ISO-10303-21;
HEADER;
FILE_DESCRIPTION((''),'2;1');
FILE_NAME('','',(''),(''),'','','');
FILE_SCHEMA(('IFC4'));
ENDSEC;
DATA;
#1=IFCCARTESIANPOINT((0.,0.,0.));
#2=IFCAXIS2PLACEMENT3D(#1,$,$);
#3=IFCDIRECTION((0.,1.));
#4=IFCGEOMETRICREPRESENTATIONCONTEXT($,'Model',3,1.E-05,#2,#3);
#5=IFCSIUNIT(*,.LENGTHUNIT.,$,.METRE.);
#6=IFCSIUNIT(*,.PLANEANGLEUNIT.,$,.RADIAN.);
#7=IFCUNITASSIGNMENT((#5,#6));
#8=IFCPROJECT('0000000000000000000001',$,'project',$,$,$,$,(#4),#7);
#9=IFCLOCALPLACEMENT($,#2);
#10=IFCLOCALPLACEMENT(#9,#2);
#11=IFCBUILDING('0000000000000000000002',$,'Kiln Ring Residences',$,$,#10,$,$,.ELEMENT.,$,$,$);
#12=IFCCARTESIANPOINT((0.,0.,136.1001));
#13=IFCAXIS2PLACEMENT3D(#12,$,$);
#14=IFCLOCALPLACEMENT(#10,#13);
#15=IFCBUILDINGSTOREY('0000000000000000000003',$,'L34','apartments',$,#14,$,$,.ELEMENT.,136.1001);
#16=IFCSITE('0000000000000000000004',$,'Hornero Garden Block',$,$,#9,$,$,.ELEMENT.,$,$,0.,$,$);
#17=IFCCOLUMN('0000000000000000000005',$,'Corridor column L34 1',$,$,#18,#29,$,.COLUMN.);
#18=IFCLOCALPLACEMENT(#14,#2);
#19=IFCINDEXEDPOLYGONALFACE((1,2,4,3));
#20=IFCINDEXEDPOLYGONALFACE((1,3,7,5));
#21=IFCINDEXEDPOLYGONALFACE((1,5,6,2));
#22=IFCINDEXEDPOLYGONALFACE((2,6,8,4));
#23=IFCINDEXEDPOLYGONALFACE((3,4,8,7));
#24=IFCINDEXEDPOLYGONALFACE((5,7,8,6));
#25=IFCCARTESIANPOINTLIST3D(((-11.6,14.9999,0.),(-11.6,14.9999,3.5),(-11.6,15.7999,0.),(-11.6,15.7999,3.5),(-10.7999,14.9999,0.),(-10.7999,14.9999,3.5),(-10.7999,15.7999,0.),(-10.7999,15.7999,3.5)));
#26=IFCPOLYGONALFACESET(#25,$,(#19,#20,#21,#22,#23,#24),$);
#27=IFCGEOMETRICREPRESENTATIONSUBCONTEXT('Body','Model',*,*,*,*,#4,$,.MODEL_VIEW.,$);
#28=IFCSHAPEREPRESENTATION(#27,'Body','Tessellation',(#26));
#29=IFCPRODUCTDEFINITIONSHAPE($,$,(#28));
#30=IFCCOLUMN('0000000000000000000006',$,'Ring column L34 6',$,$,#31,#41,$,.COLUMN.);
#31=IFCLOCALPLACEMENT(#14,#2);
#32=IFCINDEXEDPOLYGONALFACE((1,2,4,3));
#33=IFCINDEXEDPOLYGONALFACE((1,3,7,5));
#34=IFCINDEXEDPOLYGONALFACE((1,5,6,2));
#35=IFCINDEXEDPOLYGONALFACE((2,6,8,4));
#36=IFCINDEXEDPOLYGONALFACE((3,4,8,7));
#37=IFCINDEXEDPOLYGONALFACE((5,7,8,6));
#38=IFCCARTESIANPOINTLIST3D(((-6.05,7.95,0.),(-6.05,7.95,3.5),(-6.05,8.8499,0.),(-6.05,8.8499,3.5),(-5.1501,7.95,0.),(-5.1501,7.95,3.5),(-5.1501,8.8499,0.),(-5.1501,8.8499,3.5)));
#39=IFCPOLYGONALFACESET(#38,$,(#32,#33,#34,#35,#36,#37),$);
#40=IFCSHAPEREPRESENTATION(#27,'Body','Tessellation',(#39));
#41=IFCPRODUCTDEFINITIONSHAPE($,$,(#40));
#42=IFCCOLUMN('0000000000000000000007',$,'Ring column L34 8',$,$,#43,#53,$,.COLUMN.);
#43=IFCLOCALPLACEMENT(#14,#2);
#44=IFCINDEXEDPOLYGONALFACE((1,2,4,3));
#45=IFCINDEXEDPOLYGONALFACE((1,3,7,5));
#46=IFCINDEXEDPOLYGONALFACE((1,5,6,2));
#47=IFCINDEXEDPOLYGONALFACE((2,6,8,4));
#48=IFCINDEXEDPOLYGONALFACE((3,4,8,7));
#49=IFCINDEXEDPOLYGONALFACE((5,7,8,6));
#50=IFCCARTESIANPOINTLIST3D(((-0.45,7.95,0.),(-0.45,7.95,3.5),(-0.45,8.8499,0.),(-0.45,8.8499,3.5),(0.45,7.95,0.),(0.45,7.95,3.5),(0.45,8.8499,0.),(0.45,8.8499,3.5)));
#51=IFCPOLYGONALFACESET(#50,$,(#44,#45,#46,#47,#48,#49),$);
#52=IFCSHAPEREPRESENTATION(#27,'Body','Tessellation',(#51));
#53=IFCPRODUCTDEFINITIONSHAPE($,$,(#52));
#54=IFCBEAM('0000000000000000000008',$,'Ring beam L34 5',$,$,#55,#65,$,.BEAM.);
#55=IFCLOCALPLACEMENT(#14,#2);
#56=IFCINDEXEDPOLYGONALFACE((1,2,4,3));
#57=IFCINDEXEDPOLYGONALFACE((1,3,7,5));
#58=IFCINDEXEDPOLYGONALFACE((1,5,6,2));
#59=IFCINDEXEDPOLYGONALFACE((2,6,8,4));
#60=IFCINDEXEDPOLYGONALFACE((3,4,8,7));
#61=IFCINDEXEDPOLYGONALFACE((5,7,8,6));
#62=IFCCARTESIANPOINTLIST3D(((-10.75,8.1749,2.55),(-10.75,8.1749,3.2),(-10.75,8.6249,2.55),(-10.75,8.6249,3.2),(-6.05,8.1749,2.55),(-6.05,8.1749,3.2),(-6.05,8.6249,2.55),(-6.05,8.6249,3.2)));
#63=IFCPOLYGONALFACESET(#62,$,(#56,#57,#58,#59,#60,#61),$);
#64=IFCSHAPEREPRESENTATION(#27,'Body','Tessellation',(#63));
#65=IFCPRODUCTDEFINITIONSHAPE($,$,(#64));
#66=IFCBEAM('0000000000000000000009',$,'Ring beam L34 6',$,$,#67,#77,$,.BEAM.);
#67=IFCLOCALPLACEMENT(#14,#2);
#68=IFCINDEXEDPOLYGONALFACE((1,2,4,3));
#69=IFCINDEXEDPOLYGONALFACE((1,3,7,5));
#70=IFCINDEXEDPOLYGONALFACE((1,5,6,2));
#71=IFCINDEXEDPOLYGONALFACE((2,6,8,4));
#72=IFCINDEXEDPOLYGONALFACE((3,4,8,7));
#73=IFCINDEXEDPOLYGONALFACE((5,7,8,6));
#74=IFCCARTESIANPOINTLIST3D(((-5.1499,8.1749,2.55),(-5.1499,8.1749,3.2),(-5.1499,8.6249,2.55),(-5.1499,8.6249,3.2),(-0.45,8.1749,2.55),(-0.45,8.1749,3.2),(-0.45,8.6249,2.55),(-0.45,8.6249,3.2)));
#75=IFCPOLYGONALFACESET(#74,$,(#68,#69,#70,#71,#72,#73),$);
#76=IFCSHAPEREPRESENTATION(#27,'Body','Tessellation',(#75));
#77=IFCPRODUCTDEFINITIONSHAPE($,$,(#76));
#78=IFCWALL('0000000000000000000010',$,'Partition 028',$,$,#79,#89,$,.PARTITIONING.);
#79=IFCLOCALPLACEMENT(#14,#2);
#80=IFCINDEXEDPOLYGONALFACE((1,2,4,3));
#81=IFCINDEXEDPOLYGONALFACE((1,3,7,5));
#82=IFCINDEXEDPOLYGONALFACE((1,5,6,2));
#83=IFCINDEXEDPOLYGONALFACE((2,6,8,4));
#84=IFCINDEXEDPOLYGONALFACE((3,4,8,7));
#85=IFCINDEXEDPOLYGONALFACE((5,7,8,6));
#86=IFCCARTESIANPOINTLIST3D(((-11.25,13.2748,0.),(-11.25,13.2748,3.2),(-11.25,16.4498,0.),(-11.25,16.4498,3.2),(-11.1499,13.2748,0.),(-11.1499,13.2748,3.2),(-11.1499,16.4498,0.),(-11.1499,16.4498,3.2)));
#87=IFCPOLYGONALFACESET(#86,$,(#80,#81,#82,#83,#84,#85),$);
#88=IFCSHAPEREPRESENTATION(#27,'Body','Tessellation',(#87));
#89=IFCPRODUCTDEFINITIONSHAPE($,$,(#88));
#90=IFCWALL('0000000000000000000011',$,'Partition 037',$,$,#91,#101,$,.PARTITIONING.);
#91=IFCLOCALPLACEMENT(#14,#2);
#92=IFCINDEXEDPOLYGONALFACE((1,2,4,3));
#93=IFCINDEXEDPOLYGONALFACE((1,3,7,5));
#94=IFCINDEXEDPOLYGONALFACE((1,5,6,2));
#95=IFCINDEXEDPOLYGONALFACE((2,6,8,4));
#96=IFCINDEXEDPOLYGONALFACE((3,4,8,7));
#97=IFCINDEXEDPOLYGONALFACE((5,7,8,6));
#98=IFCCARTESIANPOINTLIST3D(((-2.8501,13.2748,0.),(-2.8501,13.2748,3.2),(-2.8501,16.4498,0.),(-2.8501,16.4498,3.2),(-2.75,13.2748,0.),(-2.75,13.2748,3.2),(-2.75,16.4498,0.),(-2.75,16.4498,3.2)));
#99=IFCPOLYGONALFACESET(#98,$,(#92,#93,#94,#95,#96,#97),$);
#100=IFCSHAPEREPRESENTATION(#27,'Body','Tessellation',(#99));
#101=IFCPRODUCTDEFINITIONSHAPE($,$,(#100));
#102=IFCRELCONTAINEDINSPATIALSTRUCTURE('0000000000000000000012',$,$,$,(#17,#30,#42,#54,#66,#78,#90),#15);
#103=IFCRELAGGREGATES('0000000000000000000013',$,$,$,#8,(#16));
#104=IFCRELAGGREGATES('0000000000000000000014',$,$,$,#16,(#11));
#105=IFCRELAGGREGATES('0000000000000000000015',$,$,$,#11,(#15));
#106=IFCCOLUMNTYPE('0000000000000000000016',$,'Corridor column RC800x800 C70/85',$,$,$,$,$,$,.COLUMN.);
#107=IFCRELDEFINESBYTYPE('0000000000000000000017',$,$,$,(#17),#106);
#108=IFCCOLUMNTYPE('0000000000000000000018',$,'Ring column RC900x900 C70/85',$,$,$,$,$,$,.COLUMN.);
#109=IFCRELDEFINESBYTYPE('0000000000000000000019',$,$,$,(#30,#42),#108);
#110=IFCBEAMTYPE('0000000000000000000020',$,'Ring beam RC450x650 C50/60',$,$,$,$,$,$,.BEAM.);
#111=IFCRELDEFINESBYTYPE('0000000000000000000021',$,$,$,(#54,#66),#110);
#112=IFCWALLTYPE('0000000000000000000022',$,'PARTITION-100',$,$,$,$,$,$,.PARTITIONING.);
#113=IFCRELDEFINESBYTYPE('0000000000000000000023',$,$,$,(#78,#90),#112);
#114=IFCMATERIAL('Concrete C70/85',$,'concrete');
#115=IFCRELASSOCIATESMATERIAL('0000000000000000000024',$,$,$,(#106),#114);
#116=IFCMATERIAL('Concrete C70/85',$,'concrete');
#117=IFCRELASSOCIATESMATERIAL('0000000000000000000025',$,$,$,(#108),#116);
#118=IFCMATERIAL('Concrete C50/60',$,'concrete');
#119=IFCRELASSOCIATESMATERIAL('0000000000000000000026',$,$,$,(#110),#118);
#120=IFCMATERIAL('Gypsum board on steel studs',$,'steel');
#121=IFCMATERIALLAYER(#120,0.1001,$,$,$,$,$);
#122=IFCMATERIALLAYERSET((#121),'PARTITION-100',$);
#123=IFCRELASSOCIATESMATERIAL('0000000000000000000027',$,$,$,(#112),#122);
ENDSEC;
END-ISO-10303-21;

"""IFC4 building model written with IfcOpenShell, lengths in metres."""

from ifc_helpers import new_model, si_unit, direction, frame, frame_2d, origin, origin_2d, place, context, subcontext, project, spatial, rectangle, extrude, material, layer, layer_set, material_profile, profile_set, type_object, element, save


model = new_model("IFC4")

# Units and contexts
model_context = context("Model", 3, precision=1e-05, world=origin(), true_north=direction((0.0, 1.0)))
body_context = subcontext(model_context, "Body", "Model", "MODEL_VIEW")
ifc_project = project(units=[si_unit("LENGTHUNIT", "METRE"), si_unit("PLANEANGLEUNIT", "RADIAN")], contexts=[model_context])

# Site, building, storey
site_placement = place(None, origin())
site = spatial("IfcSite", under=ifc_project, at=site_placement, Name="Hornero Garden Block", CompositionType="ELEMENT", RefElevation=0.0)
building_placement = place(site_placement, origin())
building = spatial("IfcBuilding", under=site, at=building_placement, Name="Kiln Ring Residences", CompositionType="ELEMENT")
storey_placement = place(building_placement, frame((0.0, 0.0, 136.1001)))
storey = spatial("IfcBuildingStorey", under=building, at=storey_placement, Name="L34", Description="apartments", CompositionType="ELEMENT", Elevation=136.1001)

# Columns
ifc_material_1 = material(Name="Concrete C70/85", Category="concrete")
ifc_material_profile_1 = material_profile(ifc_material_1, rectangle(XDim=0.8, YDim=0.8, at=origin_2d()), Name="RC800x800")
ifc_profile_set_1 = profile_set([ifc_material_profile_1], Name="Concrete C70/85")
column_type_1 = type_object("IfcColumnType", Name="Corridor column RC800x800 C70/85", PredefinedType="COLUMN", material=ifc_profile_set_1)
column_placement = place(storey_placement, frame((-11.2, 15.3999, 0.0), z_axis=(0.0, 0.0, 1.0), x_axis=(1.0, 0.0, 0.0)))
element("IfcColumn", 1, at=column_placement, inside=storey, type_object=column_type_1, Name="Corridor column L34 1", PredefinedType="COLUMN", context=body_context, shape_type="SweptSolid", body=[
    extrude(rectangle(XDim=0.8, YDim=0.8, at=origin_2d()), origin(), (0.0, 0.0, 1.0), 3.5),
])
ifc_material_2 = material(Name="Concrete C70/85", Category="concrete")
ifc_material_profile_2 = material_profile(ifc_material_2, rectangle(XDim=0.8999, YDim=0.8999, at=origin_2d()), Name="RC900x900")
ifc_profile_set_2 = profile_set([ifc_material_profile_2], Name="Concrete C70/85")
column_type_2 = type_object("IfcColumnType", Name="Ring column RC900x900 C70/85", PredefinedType="COLUMN", material=ifc_profile_set_2)
for number, where, z_axis, x_axis, name in (
    (2, (-5.6001, 8.3999, 0.0), (0.0, 0.0, 1.0), (1.0, 0.0, 0.0), "Ring column L34 6"),
    (3, (0.0, 8.3999, 0.0), (0.0, 0.0, 1.0), (1.0, 0.0, 0.0), "Ring column L34 8"),
):
    element("IfcColumn", number, at=place(storey_placement, frame(where, z_axis=z_axis, x_axis=x_axis)), inside=storey, type_object=column_type_2, Name=name, PredefinedType="COLUMN", context=body_context, shape_type="SweptSolid", body=[
        extrude(rectangle(XDim=0.8999, YDim=0.8999, at=origin_2d()), origin(), (0.0, 0.0, 1.0), 3.5),
    ])

# Beams
ifc_material_3 = material(Name="Concrete C50/60", Category="concrete")
ifc_material_profile_3 = material_profile(ifc_material_3, rectangle(XDim=0.45, YDim=0.6499, at=origin_2d()), Name="RC450x650")
ifc_profile_set_3 = profile_set([ifc_material_profile_3], Name="Concrete C50/60")
beam_type = type_object("IfcBeamType", Name="Ring beam RC450x650 C50/60", PredefinedType="BEAM", material=ifc_profile_set_3)
for number, where, z_axis, x_axis, name in (
    (4, (-10.75, 8.3999, 2.875), (1.0, 0.0, 0.0), (0.0, 1.0, 0.0), "Ring beam L34 5"),
    (5, (-5.1499, 8.3999, 2.875), (1.0, 0.0, 0.0), (0.0, 1.0, 0.0), "Ring beam L34 6"),
):
    element("IfcBeam", number, at=place(storey_placement, frame(where, z_axis=z_axis, x_axis=x_axis)), inside=storey, type_object=beam_type, Name=name, PredefinedType="BEAM", context=body_context, shape_type="SweptSolid", body=[
        extrude(rectangle(XDim=0.45, YDim=0.6499, at=origin_2d()), origin(), (0.0, 0.0, 1.0), 4.7),
    ])

# Walls
ifc_material_4 = material(Name="Gypsum board on steel studs", Category="steel")
ifc_layer_1 = layer(ifc_material_4, 0.1001)
ifc_layer_set_1 = layer_set([ifc_layer_1], Name="PARTITION-100")
wall_type_1 = type_object("IfcWallType", Name="PARTITION-100", PredefinedType="PARTITIONING", material=ifc_layer_set_1)
for number, where, z_axis, x_axis, name in (
    (6, (-11.2, 13.2749, 0.0), (0.0, 0.0, 1.0), (0.0, 1.0, 0.0), "Partition 028"),
    (7, (-2.8, 13.2749, 0.0), (0.0, 0.0, 1.0), (0.0, 1.0, 0.0), "Partition 037"),
):
    element("IfcWall", number, at=place(storey_placement, frame(where, z_axis=z_axis, x_axis=x_axis)), inside=storey, type_object=wall_type_1, Name=name, PredefinedType="PARTITIONING", context=body_context, shape_type="SweptSolid", body=[
        extrude(rectangle(XDim=3.175, YDim=0.1001, at=frame_2d((1.5874, 0.0))), origin(), (0.0, 0.0, 1.0), 3.2),
    ])

save(model, "model.ifc")
